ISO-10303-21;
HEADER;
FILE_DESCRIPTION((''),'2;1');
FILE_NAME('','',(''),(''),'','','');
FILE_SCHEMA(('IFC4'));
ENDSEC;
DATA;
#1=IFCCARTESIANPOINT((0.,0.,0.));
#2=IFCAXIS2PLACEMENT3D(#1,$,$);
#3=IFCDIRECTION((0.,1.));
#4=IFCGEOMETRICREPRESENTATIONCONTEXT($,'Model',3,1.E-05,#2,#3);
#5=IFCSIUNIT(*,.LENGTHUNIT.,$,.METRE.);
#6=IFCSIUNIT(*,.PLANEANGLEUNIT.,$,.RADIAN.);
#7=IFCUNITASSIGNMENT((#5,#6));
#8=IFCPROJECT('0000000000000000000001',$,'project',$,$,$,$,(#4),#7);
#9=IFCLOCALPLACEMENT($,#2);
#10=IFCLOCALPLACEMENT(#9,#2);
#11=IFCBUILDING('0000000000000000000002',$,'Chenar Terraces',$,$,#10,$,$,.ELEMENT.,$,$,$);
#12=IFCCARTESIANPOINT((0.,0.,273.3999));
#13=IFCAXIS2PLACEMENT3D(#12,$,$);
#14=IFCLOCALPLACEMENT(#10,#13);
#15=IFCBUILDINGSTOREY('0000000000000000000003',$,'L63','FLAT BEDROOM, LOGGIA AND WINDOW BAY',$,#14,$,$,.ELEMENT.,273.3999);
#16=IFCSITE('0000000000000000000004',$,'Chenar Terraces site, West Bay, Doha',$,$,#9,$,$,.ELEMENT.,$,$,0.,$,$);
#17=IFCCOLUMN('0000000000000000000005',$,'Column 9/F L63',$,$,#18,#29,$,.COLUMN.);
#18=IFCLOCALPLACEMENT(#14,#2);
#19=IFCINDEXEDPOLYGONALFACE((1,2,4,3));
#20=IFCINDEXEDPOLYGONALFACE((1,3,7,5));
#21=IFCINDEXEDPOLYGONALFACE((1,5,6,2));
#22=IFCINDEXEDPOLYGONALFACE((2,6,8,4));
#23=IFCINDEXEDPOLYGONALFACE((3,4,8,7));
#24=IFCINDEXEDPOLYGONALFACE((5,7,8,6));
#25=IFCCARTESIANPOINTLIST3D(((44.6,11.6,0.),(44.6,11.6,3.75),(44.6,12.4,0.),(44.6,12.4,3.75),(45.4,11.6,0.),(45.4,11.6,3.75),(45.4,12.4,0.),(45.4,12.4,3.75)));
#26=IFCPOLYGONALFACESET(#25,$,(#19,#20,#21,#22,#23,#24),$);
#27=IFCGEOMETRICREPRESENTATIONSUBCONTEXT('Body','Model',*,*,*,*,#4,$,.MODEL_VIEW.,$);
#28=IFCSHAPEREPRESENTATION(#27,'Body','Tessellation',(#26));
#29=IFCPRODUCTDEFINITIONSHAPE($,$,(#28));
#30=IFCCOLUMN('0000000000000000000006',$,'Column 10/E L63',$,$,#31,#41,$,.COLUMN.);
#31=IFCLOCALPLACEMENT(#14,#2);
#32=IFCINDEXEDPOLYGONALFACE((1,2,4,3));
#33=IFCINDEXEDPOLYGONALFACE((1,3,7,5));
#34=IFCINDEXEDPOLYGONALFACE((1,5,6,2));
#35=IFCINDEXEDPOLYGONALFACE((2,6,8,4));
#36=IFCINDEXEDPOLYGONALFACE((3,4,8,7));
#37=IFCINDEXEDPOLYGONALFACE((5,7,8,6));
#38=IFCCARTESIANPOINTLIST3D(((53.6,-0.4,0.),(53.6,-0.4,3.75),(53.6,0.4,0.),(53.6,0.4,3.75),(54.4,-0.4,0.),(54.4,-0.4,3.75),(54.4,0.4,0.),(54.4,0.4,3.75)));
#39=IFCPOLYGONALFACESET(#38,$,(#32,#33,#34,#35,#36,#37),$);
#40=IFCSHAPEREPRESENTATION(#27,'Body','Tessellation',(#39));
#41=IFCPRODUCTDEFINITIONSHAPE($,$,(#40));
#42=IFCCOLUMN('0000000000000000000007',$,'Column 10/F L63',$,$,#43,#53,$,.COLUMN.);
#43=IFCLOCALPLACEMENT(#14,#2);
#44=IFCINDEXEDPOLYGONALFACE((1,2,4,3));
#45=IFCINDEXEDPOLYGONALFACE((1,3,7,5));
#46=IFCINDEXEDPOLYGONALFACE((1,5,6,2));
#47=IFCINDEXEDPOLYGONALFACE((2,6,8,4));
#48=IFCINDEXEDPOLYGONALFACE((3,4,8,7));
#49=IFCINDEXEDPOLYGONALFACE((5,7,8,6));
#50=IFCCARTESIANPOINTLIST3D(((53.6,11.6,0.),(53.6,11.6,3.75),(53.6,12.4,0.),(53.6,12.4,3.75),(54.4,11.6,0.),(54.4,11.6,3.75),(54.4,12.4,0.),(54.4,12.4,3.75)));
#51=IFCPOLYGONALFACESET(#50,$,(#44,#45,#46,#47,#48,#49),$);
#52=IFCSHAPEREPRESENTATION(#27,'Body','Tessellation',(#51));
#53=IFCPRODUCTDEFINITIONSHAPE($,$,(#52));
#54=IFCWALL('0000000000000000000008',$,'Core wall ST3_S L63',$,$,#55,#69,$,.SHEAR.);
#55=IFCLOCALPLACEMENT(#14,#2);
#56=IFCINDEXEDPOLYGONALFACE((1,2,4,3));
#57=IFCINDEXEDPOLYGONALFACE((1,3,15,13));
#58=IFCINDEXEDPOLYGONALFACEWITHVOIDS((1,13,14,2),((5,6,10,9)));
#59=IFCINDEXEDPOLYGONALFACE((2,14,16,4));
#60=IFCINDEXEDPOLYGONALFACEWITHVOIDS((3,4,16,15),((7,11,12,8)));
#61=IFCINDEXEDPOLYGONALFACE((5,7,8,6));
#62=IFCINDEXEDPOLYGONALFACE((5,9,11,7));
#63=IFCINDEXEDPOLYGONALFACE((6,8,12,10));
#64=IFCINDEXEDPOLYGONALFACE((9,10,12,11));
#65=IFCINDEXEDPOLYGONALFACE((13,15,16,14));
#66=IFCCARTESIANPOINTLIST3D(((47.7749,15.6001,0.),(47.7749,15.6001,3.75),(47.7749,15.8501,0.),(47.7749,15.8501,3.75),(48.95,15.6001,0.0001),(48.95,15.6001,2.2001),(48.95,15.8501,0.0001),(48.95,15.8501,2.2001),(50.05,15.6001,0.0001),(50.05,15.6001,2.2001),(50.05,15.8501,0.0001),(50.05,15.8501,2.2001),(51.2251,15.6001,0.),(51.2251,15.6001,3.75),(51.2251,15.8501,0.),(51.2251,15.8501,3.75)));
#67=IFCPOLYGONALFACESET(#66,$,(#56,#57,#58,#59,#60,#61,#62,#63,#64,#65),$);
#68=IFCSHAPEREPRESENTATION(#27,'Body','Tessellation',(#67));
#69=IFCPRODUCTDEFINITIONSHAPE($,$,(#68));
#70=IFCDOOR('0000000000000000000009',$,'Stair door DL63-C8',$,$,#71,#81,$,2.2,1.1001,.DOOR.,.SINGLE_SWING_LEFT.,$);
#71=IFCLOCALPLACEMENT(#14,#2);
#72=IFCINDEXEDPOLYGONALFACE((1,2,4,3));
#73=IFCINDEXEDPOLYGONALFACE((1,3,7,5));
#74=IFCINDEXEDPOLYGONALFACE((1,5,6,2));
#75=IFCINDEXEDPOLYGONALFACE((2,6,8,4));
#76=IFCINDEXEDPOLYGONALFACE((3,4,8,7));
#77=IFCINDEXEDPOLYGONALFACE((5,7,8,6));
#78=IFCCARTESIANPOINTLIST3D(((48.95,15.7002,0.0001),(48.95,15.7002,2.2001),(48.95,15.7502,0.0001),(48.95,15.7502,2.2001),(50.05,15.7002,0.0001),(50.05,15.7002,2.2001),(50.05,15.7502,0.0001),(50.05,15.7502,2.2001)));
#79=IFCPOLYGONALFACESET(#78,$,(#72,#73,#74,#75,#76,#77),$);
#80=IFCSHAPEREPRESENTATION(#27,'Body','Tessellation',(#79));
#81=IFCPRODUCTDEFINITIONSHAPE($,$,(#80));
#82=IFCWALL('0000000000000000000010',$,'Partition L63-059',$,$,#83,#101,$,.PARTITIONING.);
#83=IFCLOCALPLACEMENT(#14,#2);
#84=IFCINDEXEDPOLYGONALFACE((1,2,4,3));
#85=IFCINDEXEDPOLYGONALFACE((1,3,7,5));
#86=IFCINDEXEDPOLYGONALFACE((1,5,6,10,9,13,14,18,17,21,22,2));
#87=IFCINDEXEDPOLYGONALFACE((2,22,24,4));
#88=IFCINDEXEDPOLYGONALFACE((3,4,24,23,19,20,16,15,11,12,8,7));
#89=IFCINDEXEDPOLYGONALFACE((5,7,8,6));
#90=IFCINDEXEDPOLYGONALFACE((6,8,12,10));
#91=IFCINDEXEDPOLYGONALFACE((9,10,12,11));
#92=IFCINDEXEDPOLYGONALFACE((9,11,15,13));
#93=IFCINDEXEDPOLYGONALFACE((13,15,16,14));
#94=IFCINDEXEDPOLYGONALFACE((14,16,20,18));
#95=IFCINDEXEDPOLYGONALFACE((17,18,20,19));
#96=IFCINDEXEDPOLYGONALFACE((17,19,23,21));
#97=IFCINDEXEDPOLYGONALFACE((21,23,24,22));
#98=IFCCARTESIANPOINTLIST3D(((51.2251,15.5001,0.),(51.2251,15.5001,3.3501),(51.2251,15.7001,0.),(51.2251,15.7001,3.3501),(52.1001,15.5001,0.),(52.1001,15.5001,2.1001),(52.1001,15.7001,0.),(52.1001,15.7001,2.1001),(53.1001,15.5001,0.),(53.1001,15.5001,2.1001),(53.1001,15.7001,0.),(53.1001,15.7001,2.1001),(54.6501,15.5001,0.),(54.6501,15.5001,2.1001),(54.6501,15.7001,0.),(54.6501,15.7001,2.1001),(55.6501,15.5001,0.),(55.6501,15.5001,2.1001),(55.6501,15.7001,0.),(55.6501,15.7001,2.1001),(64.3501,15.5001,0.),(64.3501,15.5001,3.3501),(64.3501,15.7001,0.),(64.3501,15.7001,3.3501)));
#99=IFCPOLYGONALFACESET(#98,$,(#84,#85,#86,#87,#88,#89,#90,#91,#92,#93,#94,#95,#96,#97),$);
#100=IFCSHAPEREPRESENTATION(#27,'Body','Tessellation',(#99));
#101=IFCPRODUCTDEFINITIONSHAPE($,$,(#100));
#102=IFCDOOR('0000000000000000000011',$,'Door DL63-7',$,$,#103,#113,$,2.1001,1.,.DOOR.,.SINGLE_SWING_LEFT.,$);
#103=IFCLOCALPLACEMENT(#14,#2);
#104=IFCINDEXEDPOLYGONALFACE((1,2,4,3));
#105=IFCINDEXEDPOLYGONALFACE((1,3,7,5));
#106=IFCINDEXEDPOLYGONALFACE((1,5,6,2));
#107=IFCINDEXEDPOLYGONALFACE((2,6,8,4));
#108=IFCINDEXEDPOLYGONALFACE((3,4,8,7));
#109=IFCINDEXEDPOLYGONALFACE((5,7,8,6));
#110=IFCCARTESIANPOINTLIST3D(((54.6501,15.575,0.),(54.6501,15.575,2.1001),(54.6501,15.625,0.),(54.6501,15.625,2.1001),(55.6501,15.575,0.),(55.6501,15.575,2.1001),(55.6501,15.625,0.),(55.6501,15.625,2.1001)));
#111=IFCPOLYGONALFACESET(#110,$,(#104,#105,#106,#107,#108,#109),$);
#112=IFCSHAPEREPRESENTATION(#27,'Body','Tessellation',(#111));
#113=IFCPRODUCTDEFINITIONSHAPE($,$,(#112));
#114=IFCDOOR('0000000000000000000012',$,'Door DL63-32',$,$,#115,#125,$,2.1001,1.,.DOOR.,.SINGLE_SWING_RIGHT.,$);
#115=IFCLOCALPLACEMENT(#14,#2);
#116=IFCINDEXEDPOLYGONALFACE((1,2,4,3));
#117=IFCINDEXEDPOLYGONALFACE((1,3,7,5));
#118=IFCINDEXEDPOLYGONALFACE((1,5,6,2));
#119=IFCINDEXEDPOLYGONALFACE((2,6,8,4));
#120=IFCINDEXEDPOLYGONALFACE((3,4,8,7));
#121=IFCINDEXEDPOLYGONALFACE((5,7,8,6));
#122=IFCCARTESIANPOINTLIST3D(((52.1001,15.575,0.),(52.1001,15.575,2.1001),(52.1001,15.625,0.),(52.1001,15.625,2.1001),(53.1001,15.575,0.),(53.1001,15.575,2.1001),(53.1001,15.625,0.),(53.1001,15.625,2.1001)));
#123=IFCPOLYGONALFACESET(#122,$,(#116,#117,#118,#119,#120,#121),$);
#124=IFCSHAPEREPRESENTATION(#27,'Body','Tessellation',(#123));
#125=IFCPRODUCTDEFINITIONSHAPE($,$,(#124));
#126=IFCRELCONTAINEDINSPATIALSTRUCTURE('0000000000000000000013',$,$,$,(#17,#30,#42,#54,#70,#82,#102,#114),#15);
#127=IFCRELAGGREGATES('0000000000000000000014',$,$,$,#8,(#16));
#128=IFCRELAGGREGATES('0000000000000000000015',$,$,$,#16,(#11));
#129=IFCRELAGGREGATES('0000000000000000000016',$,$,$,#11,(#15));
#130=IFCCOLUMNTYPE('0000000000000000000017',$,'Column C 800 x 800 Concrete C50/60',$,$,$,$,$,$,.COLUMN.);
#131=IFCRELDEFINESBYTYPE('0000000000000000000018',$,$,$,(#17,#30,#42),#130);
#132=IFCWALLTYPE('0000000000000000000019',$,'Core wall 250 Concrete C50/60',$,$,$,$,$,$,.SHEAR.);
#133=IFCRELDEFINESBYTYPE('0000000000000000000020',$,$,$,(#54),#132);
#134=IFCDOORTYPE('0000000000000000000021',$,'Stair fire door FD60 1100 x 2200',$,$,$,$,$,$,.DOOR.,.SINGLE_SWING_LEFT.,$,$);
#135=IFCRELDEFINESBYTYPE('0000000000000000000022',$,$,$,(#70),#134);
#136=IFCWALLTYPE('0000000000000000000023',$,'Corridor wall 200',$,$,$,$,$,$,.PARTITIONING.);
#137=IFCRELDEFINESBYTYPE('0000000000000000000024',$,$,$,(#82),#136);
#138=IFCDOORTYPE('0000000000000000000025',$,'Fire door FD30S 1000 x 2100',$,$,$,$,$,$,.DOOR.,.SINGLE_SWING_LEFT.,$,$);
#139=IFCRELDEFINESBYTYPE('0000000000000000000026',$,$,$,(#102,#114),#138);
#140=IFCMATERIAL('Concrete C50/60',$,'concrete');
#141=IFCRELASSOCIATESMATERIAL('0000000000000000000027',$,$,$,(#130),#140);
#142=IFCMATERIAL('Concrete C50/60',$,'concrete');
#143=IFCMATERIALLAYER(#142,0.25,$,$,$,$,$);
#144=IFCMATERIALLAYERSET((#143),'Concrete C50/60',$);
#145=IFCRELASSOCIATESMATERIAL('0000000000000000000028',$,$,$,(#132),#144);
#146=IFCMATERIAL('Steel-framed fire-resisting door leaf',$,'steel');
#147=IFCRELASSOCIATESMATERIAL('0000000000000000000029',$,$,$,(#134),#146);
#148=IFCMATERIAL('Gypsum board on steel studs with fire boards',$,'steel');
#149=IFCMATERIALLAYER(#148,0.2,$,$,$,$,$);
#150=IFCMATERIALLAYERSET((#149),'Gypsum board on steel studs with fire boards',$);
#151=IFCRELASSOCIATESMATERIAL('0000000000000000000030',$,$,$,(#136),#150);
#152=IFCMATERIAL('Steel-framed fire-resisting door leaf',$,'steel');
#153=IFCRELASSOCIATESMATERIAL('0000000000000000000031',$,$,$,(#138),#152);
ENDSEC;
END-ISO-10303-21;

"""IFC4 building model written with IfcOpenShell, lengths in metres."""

from ifc_helpers import new_model, si_unit, direction, frame, frame_2d, origin, origin_2d, place, context, subcontext, project, spatial, rectangle, extrude, material, layer, layer_set, material_profile, profile_set, type_object, element, fill, save


model = new_model("IFC4")

# Units and contexts
model_context = context("Model", 3, precision=1e-05, world=origin(), true_north=direction((0.0, 1.0)))
body_context = subcontext(model_context, "Body", "Model", "MODEL_VIEW")
ifc_project = project(units=[si_unit("LENGTHUNIT", "METRE"), si_unit("PLANEANGLEUNIT", "RADIAN")], contexts=[model_context])

# Site, building, storey
site_placement = place(None, origin())
site = spatial("IfcSite", under=ifc_project, at=site_placement, Name="Chenar Terraces site, West Bay, Doha", CompositionType="ELEMENT", RefElevation=0.0)
building_placement = place(site_placement, origin())
building = spatial("IfcBuilding", under=site, at=building_placement, Name="Chenar Terraces", CompositionType="ELEMENT")
storey_placement = place(building_placement, frame((0.0, 0.0, 273.3999)))
storey = spatial("IfcBuildingStorey", under=building, at=storey_placement, Name="L63", Description="FLAT BEDROOM, LOGGIA AND WINDOW BAY", CompositionType="ELEMENT", Elevation=273.3999)

# Columns
ifc_material_1 = material(Name="Concrete C50/60", Category="concrete")
ifc_material_profile_1 = material_profile(ifc_material_1, rectangle(XDim=0.8, YDim=0.8, at=origin_2d()), Name="C 800 x 800")
ifc_profile_set_1 = profile_set([ifc_material_profile_1], Name="Concrete C50/60")
column_type = type_object("IfcColumnType", Name="Column C 800 x 800 Concrete C50/60", PredefinedType="COLUMN", material=ifc_profile_set_1)
for number, where, z_axis, x_axis, name in (
    (1, (45.0, 12.0, 0.0), (0.0, 0.0, 1.0), (1.0, 0.0, 0.0), "Column 9/F L63"),
    (2, (54.0, 0.0, 0.0), (0.0, 0.0, 1.0), (1.0, 0.0, 0.0), "Column 10/E L63"),
    (3, (54.0, 12.0, 0.0), (0.0, 0.0, 1.0), (1.0, 0.0, 0.0), "Column 10/F L63"),
):
    element("IfcColumn", number, at=place(storey_placement, frame(where, z_axis=z_axis, x_axis=x_axis)), inside=storey, type_object=column_type, Name=name, PredefinedType="COLUMN", context=body_context, shape_type="SweptSolid", body=[
        extrude(rectangle(XDim=0.8, YDim=0.8, at=origin_2d()), origin(), (0.0, 0.0, 1.0), 3.75),
    ])

# Wall, opening, door
ifc_material_2 = material(Name="Concrete C50/60", Category="concrete")
ifc_layer_1 = layer(ifc_material_2, 0.25)
ifc_layer_set_1 = layer_set([ifc_layer_1], Name="Concrete C50/60")
wall_type_1 = type_object("IfcWallType", Name="Core wall 250 Concrete C50/60", PredefinedType="SHEAR", material=ifc_layer_set_1)
wall_1_placement = place(storey_placement, frame((47.7749, 15.7251, 0.0), z_axis=(0.0, 0.0, 1.0), x_axis=(1.0, 0.0, 0.0)))
wall_1 = element("IfcWall", 4, at=wall_1_placement, inside=storey, type_object=wall_type_1, Name="Core wall ST3_S L63", PredefinedType="SHEAR", context=body_context, shape_type="SweptSolid", body=[
    extrude(rectangle(XDim=3.4502, YDim=0.25, at=frame_2d((1.7251, 0.0))), origin(), (0.0, 0.0, 1.0), 3.75),
])
opening_1_placement = place(wall_1_placement, frame((1.175, 0.0, 0.0)))
opening_1 = element("IfcOpeningElement", 5, at=opening_1_placement, cuts=wall_1, PredefinedType="OPENING", context=body_context, shape_type="SweptSolid", body=[
    extrude(rectangle(XDim=1.1001, YDim=2.2, at=frame_2d((0.55, 1.1001))), frame((0.0, 0.135, 0.0), z_axis=(0.0, -1.0, 0.0), x_axis=(1.0, 0.0, 0.0)), (0.0, 0.0, 1.0), 0.27),
])
ifc_material_3 = material(Name="Steel-framed fire-resisting door leaf", Category="steel")
door_type_1 = type_object("IfcDoorType", Name="Stair fire door FD60 1100 x 2200", OperationType="SINGLE_SWING_LEFT", PredefinedType="DOOR", material=ifc_material_3)
door_1_placement = place(opening_1_placement, frame((1.1001, 0.0, 0.0), z_axis=(0.0, 0.0, 1.0), x_axis=(-1.0, 0.0, 0.0)))
door_1 = element("IfcDoor", 6, at=door_1_placement, inside=storey, type_object=door_type_1, Name="Stair door DL63-C8", OperationType="SINGLE_SWING_LEFT", OverallHeight=2.2, OverallWidth=1.1001, PredefinedType="DOOR", context=body_context, shape_type="SweptSolid", body=[
    extrude(rectangle(XDim=1.1001, YDim=2.2, at=frame_2d((0.55, 1.1001))), frame((0.0, 0.0249, 0.0), z_axis=(0.0, -1.0, 0.0), x_axis=(1.0, 0.0, 0.0)), (0.0, 0.0, 1.0), 0.05),
])
fill(opening_1, door_1)

# Wall, openings, doors
ifc_material_4 = material(Name="Gypsum board on steel studs with fire boards", Category="steel")
ifc_layer_2 = layer(ifc_material_4, 0.2)
ifc_layer_set_2 = layer_set([ifc_layer_2], Name="Gypsum board on steel studs with fire boards")
wall_type_2 = type_object("IfcWallType", Name="Corridor wall 200", PredefinedType="PARTITIONING", material=ifc_layer_set_2)
wall_2_placement = place(storey_placement, frame((51.2251, 15.6001, 0.0), z_axis=(0.0, 0.0, 1.0), x_axis=(1.0, 0.0, 0.0)))
wall_2 = element("IfcWall", 7, at=wall_2_placement, inside=storey, type_object=wall_type_2, Name="Partition L63-059", PredefinedType="PARTITIONING", context=body_context, shape_type="SweptSolid", body=[
    extrude(rectangle(XDim=13.125, YDim=0.2, at=frame_2d((6.5625, 0.0))), origin(), (0.0, 0.0, 1.0), 3.3501),
])
opening_2_placement = place(wall_2_placement, frame((3.425, 0.0, 0.0)))
opening_2 = element("IfcOpeningElement", 8, at=opening_2_placement, cuts=wall_2, PredefinedType="OPENING", context=body_context, shape_type="SweptSolid", body=[
    extrude(rectangle(XDim=1.0, YDim=2.1001, at=frame_2d((0.5, 1.05))), frame((0.0, 0.1099, 0.0), z_axis=(0.0, -1.0, 0.0), x_axis=(1.0, 0.0, 0.0)), (0.0, 0.0, 1.0), 0.22),
])
opening_3_placement = place(wall_2_placement, frame((0.875, 0.0, 0.0)))
opening_3 = element("IfcOpeningElement", 9, at=opening_3_placement, cuts=wall_2, PredefinedType="OPENING", context=body_context, shape_type="SweptSolid", body=[
    extrude(rectangle(XDim=1.0, YDim=2.1001, at=frame_2d((0.5, 1.05))), frame((0.0, 0.1099, 0.0), z_axis=(0.0, -1.0, 0.0), x_axis=(1.0, 0.0, 0.0)), (0.0, 0.0, 1.0), 0.22),
])
ifc_material_5 = material(Name="Steel-framed fire-resisting door leaf", Category="steel")
door_type_2 = type_object("IfcDoorType", Name="Fire door FD30S 1000 x 2100", OperationType="SINGLE_SWING_LEFT", PredefinedType="DOOR", material=ifc_material_5)
door_2_placement = place(opening_2_placement, origin())
door_2 = element("IfcDoor", 10, at=door_2_placement, inside=storey, type_object=door_type_2, Name="Door DL63-7", OperationType="SINGLE_SWING_LEFT", OverallHeight=2.1001, OverallWidth=1.0, PredefinedType="DOOR", context=body_context, shape_type="SweptSolid", body=[
    extrude(rectangle(XDim=1.0, YDim=2.1001, at=frame_2d((0.5, 1.05))), frame((0.0, 0.0249, 0.0), z_axis=(0.0, -1.0, 0.0), x_axis=(1.0, 0.0, 0.0)), (0.0, 0.0, 1.0), 0.05),
])
fill(opening_2, door_2)
door_3_placement = place(opening_3_placement, origin())
door_3 = element("IfcDoor", 11, at=door_3_placement, inside=storey, type_object=door_type_2, Name="Door DL63-32", OperationType="SINGLE_SWING_RIGHT", OverallHeight=2.1001, OverallWidth=1.0, PredefinedType="DOOR", context=body_context, shape_type="SweptSolid", body=[
    extrude(rectangle(XDim=1.0, YDim=2.1001, at=frame_2d((0.5, 1.05))), frame((0.0, 0.0249, 0.0), z_axis=(0.0, -1.0, 0.0), x_axis=(1.0, 0.0, 0.0)), (0.0, 0.0, 1.0), 0.05),
])
fill(opening_3, door_3)

save(model, "model.ifc")
